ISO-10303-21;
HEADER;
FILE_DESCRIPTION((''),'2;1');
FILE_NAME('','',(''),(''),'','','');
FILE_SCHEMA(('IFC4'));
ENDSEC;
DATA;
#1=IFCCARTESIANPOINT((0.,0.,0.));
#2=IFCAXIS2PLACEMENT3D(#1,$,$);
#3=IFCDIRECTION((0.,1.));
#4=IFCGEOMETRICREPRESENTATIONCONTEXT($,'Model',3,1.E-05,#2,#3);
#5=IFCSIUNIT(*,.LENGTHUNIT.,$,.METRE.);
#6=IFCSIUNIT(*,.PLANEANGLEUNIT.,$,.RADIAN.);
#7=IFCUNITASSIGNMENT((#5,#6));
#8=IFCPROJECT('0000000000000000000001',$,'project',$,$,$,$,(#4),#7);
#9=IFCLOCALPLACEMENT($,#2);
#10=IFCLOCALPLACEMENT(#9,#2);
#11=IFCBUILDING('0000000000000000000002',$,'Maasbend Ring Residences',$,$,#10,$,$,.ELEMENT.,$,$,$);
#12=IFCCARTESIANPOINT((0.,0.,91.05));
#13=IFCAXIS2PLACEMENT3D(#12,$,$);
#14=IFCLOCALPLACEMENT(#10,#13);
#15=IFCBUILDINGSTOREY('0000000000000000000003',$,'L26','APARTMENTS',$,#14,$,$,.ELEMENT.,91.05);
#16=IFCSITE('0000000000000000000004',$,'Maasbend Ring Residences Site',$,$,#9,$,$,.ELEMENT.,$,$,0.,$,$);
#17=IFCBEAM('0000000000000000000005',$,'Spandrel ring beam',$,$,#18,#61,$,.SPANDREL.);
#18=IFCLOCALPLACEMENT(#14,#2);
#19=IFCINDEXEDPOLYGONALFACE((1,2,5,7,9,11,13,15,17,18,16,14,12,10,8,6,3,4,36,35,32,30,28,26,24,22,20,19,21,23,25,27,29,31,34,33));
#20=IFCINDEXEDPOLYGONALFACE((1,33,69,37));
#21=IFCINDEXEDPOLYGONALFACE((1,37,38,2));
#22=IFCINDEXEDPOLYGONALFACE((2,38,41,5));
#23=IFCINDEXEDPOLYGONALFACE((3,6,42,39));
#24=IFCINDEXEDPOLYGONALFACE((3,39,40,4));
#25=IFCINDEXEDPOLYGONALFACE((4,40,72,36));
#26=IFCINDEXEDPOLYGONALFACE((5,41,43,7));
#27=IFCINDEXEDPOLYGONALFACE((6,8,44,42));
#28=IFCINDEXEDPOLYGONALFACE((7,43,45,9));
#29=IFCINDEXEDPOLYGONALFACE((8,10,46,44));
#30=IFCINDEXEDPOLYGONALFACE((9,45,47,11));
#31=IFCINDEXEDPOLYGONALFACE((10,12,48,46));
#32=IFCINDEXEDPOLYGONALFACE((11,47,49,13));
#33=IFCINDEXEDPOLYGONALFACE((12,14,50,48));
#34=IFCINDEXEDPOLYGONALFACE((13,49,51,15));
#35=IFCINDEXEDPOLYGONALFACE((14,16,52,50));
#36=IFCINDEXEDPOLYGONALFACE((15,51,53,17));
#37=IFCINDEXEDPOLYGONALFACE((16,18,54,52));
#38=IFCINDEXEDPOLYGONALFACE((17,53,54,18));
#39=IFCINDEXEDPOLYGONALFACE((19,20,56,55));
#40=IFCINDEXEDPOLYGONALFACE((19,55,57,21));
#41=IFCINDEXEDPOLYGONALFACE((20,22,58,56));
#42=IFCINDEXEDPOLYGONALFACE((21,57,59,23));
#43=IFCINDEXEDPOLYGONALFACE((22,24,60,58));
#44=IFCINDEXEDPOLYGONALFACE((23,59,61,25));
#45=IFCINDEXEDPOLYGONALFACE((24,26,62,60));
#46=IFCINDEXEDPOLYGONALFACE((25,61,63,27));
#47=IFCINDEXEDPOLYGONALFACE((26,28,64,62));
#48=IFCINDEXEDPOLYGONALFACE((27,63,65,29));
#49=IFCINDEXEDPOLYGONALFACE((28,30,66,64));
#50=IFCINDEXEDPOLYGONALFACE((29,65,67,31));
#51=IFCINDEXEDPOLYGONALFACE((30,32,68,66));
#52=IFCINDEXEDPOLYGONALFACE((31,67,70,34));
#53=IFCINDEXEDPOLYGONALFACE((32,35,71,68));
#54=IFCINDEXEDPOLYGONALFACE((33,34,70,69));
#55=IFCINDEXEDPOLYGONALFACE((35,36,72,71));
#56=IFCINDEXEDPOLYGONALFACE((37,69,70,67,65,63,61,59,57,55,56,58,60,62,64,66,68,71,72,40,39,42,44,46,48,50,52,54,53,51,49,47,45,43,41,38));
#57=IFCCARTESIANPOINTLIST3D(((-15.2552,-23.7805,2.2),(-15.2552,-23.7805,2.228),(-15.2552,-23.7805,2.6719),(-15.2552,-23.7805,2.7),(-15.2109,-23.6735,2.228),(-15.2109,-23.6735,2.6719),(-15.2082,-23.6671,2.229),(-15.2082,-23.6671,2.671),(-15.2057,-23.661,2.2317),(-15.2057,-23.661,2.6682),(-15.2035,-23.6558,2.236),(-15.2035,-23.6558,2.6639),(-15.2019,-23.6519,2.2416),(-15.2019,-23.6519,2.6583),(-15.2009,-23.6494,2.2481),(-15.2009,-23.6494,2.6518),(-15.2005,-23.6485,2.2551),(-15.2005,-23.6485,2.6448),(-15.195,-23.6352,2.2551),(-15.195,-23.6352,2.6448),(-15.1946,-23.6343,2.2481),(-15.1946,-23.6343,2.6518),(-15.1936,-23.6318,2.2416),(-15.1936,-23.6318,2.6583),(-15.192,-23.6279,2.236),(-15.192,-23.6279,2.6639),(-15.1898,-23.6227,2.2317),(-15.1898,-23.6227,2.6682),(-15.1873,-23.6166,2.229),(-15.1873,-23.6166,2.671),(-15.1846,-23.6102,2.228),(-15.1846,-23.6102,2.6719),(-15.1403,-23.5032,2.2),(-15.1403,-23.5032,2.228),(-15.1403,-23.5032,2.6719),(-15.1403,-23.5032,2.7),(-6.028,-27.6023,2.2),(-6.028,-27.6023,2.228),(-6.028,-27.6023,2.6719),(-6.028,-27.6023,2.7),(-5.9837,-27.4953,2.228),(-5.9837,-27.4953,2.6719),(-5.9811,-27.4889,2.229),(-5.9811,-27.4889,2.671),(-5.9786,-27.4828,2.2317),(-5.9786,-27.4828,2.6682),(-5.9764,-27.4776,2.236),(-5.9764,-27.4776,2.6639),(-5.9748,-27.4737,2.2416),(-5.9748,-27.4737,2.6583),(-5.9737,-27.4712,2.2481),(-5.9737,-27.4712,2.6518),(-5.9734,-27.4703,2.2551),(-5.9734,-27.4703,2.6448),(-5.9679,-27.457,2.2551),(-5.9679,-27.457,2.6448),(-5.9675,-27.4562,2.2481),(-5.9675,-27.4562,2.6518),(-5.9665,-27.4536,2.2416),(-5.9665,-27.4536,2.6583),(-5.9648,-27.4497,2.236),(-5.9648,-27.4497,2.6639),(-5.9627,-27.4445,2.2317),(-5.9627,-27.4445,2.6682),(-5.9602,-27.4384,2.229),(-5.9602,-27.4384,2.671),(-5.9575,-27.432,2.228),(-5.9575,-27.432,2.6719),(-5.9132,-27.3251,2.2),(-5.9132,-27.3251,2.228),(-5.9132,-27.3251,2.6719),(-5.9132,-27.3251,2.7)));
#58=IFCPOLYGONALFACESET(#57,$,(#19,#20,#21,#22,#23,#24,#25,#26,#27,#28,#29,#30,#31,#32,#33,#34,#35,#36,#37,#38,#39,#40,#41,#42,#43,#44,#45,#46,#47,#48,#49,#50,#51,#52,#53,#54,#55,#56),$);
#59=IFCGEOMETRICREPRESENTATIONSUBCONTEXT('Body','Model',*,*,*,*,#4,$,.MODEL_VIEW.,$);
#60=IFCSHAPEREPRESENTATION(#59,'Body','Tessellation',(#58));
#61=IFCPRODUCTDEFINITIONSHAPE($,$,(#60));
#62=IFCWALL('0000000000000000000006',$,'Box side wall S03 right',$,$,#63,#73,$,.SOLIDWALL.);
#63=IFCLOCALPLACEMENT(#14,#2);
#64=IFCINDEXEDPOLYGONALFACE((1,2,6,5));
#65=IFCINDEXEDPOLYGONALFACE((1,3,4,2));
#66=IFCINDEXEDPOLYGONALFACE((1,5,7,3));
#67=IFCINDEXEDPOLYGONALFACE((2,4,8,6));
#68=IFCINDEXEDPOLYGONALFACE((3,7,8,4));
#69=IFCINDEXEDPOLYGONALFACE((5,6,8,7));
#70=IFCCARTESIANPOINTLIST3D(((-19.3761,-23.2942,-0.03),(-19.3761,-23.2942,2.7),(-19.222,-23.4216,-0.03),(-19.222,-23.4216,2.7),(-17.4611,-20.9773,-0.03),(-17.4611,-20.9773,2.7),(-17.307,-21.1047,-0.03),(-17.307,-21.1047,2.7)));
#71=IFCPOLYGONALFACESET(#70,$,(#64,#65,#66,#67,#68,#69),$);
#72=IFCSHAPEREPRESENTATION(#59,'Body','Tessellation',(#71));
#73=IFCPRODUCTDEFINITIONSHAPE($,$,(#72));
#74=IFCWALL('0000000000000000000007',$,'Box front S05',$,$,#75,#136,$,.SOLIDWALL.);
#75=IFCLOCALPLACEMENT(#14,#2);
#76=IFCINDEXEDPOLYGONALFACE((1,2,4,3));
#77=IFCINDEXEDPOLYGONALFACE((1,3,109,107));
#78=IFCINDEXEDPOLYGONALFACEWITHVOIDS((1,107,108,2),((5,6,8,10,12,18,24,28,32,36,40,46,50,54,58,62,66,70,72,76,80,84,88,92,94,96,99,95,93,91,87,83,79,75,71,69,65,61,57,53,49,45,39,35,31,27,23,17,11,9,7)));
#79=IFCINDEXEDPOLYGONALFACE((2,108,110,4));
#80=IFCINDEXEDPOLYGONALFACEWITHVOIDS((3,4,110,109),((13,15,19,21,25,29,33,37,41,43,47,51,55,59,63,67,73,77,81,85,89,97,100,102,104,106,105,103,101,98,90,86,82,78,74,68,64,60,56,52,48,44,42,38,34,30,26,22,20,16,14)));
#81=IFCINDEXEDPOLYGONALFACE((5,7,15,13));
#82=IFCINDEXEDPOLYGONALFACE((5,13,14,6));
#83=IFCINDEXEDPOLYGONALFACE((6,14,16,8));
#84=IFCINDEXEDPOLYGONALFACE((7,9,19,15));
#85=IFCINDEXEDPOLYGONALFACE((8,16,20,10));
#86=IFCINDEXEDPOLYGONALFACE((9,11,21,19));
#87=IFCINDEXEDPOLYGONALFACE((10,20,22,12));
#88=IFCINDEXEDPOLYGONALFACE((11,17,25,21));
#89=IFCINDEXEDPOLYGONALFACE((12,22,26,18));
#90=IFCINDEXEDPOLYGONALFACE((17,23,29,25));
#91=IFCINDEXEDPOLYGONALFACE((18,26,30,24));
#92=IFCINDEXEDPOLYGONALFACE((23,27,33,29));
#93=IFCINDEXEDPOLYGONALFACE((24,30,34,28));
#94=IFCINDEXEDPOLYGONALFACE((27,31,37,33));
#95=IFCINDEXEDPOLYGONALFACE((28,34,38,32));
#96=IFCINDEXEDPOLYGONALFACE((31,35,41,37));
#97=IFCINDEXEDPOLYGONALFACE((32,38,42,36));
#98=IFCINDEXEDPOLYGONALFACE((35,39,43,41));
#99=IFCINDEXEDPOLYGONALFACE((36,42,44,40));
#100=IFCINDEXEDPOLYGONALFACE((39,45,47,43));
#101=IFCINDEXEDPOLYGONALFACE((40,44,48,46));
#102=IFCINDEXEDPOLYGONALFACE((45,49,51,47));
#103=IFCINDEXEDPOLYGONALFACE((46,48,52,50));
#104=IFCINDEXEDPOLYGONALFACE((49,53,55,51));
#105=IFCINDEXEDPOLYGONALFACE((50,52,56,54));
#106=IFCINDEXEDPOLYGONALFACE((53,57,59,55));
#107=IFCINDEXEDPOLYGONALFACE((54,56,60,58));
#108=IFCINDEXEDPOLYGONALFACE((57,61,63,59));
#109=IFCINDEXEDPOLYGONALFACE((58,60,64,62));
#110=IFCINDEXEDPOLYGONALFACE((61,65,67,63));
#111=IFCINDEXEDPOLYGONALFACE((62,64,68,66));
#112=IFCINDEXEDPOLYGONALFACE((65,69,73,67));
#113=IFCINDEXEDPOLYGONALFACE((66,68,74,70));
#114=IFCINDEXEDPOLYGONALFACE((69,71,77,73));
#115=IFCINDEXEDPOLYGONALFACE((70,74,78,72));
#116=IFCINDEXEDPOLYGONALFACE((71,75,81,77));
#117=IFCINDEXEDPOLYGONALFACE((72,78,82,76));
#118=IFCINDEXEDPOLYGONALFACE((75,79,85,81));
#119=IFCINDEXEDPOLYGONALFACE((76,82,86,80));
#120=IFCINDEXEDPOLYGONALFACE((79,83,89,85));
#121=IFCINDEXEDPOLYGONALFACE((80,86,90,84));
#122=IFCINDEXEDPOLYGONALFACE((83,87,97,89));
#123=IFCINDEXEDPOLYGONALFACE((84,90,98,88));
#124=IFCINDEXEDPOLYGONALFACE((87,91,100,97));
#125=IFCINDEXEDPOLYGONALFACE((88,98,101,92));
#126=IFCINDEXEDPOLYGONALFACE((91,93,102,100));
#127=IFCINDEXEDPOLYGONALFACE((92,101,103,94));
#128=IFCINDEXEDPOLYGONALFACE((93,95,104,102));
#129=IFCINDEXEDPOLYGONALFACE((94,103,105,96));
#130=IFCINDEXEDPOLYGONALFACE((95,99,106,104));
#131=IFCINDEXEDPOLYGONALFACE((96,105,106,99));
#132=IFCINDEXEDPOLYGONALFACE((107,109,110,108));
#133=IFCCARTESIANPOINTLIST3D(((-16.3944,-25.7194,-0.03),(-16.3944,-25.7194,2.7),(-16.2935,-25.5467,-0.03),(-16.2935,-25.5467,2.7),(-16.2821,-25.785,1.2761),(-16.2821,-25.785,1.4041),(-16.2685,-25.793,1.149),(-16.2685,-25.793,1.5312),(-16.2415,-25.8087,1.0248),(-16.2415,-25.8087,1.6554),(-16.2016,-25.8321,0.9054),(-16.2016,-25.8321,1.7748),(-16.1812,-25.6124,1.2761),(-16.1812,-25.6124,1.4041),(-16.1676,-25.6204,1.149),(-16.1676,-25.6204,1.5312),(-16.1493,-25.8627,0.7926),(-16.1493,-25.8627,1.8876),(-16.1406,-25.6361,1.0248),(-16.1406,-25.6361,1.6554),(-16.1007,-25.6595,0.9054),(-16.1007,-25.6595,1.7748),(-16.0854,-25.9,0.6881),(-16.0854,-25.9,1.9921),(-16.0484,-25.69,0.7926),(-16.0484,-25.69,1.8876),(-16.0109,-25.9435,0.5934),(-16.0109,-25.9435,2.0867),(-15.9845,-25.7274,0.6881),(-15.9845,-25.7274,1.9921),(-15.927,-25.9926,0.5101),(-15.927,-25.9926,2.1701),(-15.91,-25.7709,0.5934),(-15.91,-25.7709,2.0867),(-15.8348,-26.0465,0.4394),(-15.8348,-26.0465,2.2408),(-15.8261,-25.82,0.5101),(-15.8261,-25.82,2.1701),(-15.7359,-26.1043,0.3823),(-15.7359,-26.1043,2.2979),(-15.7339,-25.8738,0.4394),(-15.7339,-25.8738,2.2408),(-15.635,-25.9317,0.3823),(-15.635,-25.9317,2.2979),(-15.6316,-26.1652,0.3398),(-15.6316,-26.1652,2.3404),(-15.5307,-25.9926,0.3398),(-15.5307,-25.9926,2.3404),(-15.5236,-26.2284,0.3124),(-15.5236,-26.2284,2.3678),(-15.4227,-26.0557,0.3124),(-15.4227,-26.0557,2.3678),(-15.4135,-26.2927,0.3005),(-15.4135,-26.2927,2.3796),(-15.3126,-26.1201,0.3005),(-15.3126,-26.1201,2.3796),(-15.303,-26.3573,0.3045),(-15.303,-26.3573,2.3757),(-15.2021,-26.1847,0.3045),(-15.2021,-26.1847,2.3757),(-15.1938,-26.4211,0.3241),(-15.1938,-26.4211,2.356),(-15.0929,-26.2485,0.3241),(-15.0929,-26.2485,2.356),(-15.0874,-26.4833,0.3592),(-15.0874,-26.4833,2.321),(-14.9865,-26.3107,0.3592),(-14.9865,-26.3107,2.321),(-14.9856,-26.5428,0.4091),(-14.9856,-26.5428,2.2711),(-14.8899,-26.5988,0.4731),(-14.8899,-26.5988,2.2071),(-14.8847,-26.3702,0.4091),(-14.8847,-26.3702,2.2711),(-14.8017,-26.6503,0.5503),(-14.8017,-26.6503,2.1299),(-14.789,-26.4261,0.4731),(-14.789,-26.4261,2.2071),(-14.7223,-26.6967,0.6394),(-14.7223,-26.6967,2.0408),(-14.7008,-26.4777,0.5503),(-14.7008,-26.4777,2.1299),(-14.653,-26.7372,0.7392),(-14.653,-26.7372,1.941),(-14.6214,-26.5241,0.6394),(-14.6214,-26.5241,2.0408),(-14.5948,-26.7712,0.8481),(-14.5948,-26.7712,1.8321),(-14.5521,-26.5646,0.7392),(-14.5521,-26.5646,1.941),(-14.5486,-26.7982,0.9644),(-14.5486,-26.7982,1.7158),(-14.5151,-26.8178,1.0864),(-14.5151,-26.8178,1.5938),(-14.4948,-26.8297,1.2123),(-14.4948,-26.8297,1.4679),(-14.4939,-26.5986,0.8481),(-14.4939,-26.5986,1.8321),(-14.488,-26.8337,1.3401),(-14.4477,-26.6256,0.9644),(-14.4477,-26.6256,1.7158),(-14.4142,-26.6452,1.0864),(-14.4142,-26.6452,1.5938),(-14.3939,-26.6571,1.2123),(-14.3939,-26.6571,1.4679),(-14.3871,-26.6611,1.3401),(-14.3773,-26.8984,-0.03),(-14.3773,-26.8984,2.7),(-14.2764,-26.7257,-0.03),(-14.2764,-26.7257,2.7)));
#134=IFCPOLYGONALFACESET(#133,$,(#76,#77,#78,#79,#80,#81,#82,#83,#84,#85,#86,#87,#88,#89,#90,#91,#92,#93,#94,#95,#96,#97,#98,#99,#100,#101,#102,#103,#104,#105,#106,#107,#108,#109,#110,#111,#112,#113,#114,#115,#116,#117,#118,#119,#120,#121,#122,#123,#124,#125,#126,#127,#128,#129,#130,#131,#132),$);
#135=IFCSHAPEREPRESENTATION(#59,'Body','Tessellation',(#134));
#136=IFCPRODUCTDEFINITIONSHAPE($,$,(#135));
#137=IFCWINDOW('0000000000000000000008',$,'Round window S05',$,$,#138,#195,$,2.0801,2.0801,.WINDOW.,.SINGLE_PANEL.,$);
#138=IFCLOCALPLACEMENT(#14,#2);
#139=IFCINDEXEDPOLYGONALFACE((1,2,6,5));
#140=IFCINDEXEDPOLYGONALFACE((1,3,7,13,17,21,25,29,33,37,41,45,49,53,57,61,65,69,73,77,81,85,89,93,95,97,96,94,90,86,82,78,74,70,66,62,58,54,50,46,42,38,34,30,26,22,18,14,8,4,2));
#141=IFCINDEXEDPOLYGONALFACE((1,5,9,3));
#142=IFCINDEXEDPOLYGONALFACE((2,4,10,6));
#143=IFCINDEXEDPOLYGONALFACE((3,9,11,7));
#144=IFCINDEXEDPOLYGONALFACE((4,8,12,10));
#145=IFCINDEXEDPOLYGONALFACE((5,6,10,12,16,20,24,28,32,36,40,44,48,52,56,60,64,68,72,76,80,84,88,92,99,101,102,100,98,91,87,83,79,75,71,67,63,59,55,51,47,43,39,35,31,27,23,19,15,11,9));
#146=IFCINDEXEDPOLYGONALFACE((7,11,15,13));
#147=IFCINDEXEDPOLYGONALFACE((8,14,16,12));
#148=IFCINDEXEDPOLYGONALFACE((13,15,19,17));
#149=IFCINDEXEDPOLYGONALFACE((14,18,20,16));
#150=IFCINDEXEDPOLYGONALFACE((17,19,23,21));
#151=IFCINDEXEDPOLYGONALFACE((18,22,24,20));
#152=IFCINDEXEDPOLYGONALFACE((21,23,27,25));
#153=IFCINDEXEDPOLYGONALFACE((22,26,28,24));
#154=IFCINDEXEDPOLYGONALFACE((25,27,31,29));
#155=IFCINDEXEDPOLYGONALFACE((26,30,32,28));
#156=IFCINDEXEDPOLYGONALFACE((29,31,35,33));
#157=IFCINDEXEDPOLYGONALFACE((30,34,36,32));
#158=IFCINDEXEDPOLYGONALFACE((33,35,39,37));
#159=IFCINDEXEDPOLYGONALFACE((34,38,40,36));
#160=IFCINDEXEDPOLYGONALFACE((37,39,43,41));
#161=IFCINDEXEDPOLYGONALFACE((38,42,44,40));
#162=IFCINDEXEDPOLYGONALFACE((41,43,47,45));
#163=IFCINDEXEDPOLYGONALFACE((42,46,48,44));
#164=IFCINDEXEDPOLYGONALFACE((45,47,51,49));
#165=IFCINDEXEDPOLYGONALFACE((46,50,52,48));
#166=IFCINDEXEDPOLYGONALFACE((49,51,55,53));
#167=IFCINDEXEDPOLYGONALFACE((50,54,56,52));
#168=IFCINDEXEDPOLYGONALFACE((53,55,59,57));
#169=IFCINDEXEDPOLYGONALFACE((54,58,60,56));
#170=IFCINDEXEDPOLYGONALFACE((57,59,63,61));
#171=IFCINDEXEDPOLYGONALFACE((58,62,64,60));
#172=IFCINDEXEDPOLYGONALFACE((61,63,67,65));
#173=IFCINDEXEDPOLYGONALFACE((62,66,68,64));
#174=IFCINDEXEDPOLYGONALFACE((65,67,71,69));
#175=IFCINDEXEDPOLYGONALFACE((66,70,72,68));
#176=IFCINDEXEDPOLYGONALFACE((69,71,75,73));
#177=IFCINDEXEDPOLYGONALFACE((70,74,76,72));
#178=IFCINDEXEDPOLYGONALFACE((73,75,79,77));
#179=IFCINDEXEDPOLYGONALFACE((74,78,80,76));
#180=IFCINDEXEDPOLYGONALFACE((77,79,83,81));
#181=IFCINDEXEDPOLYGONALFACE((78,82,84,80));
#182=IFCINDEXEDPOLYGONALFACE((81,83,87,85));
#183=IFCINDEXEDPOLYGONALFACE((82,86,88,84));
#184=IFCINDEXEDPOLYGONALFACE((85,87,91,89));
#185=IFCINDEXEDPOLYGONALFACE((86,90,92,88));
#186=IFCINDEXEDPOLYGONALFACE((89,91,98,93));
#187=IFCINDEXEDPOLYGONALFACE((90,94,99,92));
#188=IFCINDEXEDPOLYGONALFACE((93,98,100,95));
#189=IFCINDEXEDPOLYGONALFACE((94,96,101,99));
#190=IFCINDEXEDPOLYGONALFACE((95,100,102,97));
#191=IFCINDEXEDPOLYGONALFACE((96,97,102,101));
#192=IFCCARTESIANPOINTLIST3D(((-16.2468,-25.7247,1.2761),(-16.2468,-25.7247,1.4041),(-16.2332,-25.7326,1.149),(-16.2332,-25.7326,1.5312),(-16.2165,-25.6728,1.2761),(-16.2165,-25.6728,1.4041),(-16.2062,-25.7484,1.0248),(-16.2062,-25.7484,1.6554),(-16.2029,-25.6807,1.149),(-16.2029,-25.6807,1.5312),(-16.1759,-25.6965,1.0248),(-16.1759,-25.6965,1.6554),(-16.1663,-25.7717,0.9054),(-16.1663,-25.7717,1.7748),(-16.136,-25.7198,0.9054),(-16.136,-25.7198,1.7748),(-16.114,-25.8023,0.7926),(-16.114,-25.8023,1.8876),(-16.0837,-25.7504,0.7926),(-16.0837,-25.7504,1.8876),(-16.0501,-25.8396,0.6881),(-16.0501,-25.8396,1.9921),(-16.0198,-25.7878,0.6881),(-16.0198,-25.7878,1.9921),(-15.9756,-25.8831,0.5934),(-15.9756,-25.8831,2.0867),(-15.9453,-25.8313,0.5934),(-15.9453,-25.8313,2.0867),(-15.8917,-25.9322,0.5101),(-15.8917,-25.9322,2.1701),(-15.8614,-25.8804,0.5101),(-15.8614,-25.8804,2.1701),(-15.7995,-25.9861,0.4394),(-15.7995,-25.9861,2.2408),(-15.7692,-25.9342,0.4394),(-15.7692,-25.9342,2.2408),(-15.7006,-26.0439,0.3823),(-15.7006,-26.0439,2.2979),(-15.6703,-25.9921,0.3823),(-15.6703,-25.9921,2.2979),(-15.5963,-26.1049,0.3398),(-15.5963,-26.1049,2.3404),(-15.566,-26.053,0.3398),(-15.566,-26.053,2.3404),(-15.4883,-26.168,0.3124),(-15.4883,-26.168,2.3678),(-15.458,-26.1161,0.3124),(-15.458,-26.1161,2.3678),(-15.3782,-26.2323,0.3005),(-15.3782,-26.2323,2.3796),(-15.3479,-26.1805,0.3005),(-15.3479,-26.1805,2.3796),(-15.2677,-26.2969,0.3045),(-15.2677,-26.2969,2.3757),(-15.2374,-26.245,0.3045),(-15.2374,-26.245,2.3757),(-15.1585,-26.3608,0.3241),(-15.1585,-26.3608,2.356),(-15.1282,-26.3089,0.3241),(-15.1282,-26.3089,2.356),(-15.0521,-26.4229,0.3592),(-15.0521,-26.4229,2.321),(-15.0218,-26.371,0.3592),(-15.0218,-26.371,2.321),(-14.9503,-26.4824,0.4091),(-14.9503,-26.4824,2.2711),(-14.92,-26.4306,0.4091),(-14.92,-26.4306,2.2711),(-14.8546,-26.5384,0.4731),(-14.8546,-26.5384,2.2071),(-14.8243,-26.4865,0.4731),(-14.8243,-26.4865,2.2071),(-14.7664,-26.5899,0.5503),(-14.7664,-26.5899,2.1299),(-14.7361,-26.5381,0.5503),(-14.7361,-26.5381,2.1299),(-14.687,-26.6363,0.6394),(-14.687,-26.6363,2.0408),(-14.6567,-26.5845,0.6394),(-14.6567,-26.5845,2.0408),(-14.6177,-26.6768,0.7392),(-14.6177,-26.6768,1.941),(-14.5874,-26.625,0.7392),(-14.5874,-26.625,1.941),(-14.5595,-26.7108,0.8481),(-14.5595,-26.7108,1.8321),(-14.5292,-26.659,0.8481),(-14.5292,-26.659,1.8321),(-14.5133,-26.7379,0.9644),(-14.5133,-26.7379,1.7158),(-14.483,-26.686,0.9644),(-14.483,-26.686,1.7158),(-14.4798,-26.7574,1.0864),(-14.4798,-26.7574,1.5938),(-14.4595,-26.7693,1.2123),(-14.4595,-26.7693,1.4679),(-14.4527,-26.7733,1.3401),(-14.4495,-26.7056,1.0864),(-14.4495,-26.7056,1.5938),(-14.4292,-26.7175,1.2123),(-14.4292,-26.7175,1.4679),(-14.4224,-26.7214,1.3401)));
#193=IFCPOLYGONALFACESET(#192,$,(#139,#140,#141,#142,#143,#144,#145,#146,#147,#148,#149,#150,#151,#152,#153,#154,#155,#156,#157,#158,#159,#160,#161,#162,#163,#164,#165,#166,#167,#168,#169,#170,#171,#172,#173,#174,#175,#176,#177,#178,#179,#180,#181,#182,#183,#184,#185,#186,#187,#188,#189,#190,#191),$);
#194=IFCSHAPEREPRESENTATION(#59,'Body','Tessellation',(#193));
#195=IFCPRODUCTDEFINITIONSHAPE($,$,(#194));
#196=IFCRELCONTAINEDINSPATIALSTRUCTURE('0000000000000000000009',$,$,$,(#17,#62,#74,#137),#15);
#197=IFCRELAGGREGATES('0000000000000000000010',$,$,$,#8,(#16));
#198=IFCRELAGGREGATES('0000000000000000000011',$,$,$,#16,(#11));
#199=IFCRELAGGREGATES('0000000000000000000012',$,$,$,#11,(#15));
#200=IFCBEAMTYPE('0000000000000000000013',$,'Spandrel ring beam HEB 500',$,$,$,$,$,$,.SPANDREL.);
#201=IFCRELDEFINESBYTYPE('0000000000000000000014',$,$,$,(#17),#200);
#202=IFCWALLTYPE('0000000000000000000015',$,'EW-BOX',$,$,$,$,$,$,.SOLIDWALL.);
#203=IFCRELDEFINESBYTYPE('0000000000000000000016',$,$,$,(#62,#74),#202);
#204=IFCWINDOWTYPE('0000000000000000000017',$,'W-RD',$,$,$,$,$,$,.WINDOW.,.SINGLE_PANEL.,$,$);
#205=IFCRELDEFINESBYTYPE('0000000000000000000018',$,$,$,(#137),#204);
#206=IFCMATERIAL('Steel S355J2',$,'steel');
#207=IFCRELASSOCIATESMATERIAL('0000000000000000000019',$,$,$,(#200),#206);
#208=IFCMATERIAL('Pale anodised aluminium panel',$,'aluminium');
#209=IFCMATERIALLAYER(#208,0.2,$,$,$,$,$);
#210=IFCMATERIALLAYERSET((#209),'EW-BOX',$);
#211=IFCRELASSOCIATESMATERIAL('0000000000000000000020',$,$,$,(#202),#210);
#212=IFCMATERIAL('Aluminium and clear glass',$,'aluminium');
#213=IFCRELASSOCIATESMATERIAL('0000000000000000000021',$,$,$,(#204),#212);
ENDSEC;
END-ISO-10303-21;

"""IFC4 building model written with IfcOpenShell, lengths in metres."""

from ifc_helpers import new_model, si_unit, direction, frame, frame_2d, origin, origin_2d, place, context, subcontext, project, spatial, rectangle, circle, i_section, extrude, material, layer, layer_set, material_profile, profile_set, type_object, element, fill, save


model = new_model("IFC4")

# Units and contexts
model_context = context("Model", 3, precision=1e-05, world=origin(), true_north=direction((0.0, 1.0)))
body_context = subcontext(model_context, "Body", "Model", "MODEL_VIEW")
ifc_project = project(units=[si_unit("LENGTHUNIT", "METRE"), si_unit("PLANEANGLEUNIT", "RADIAN")], contexts=[model_context])

# Site, building, storey
site_placement = place(None, origin())
site = spatial("IfcSite", under=ifc_project, at=site_placement, Name="Maasbend Ring Residences Site", CompositionType="ELEMENT", RefElevation=0.0)
building_placement = place(site_placement, origin())
building = spatial("IfcBuilding", under=site, at=building_placement, Name="Maasbend Ring Residences", CompositionType="ELEMENT")
storey_placement = place(building_placement, frame((0.0, 0.0, 91.05)))
storey = spatial("IfcBuildingStorey", under=building, at=storey_placement, Name="L26", Description="APARTMENTS", CompositionType="ELEMENT", Elevation=91.05)

# Beam
ifc_material_1 = material(Name="Steel S355J2", Category="steel")
ifc_material_profile_1 = material_profile(ifc_material_1, i_section(OverallWidth=0.3, OverallDepth=0.5, WebThickness=0.0144, FlangeThickness=0.0281, FilletRadius=0.0271, at=origin_2d()), Name="HEB 500")
ifc_profile_set_1 = profile_set([ifc_material_profile_1], Name="Steel S355J2")
beam_type_1 = type_object("IfcBeamType", Name="Spandrel ring beam HEB 500", PredefinedType="SPANDREL", material=ifc_profile_set_1)
beam_1_placement = place(storey_placement, frame((-15.1978, -23.6418, 2.45), z_axis=(0.923886, -0.382667, 0.0), x_axis=(0.382667, 0.923886, 0.0)))
element("IfcBeam", 1, at=beam_1_placement, inside=storey, type_object=beam_type_1, Name="Spandrel ring beam", PredefinedType="SPANDREL", context=body_context, shape_type="SweptSolid", body=[
    extrude(i_section(OverallWidth=0.3, OverallDepth=0.5, WebThickness=0.0144, FlangeThickness=0.0281, FilletRadius=0.0271, at=origin_2d()), origin(), (0.0, 0.0, 1.0), 9.9873),
])

# Wall
ifc_material_2 = material(Name="Pale anodised aluminium panel", Category="aluminium")
ifc_layer_1 = layer(ifc_material_2, 0.2)
ifc_layer_set_1 = layer_set([ifc_layer_1], Name="EW-BOX")
wall_type_1 = type_object("IfcWallType", Name="EW-BOX", PredefinedType="SOLIDWALL", material=ifc_layer_set_1)
wall_1_placement = place(storey_placement, frame((-17.384, -21.041, -0.03), z_axis=(0.0, 0.0, 1.0), x_axis=(-0.637096, -0.770785, 0.0)))
element("IfcWall", 2, at=wall_1_placement, inside=storey, type_object=wall_type_1, Name="Box side wall S03 right", PredefinedType="SOLIDWALL", context=body_context, shape_type="SweptSolid", body=[
    extrude(rectangle(XDim=3.0059, YDim=0.2, at=frame_2d((1.5029, 0.0))), origin(), (0.0, 0.0, 1.0), 2.73),
])

# Wall, opening, window
wall_2_placement = place(storey_placement, frame((-16.344, -25.6331, -0.03), z_axis=(0.0, 0.0, 1.0), x_axis=(0.863347, -0.504612, 0.0)))
wall_2 = element("IfcWall", 3, at=wall_2_placement, inside=storey, type_object=wall_type_1, Name="Box front S05", PredefinedType="SOLIDWALL", context=body_context, shape_type="SweptSolid", body=[
    extrude(rectangle(XDim=2.3364, YDim=0.2, at=frame_2d((1.1682, 0.0))), origin(), (0.0, 0.0, 1.0), 2.73),
])
opening_1_placement = place(wall_2_placement, frame((0.1282, 0.0, 0.3301)))
opening_1 = element("IfcOpeningElement", 4, at=opening_1_placement, cuts=wall_2, PredefinedType="OPENING", context=body_context, shape_type="SweptSolid", body=[
    extrude(circle(Radius=1.04, at=frame_2d((1.04, 1.04))), frame((0.0, 0.1099, 0.0), z_axis=(0.0, -1.0, 0.0), x_axis=(1.0, 0.0, 0.0)), (0.0, 0.0, 1.0), 0.22),
])
ifc_material_3 = material(Name="Aluminium and clear glass", Category="aluminium")
window_type_1 = type_object("IfcWindowType", Name="W-RD", PartitioningType="SINGLE_PANEL", PredefinedType="WINDOW", material=ifc_material_3)
window_1_placement = place(opening_1_placement, origin())
window_1 = element("IfcWindow", 5, at=window_1_placement, inside=storey, type_object=window_type_1, Name="Round window S05", OverallHeight=2.0801, OverallWidth=2.0801, PartitioningType="SINGLE_PANEL", PredefinedType="WINDOW", context=body_context, shape_type="SweptSolid", body=[
    extrude(circle(Radius=1.04, at=frame_2d((1.04, 1.04))), frame((0.0, 0.03, 0.0), z_axis=(0.0, -1.0, 0.0), x_axis=(1.0, 0.0, 0.0)), (0.0, 0.0, 1.0), 0.0601),
])
fill(opening_1, window_1)

save(model, "model.ifc")
